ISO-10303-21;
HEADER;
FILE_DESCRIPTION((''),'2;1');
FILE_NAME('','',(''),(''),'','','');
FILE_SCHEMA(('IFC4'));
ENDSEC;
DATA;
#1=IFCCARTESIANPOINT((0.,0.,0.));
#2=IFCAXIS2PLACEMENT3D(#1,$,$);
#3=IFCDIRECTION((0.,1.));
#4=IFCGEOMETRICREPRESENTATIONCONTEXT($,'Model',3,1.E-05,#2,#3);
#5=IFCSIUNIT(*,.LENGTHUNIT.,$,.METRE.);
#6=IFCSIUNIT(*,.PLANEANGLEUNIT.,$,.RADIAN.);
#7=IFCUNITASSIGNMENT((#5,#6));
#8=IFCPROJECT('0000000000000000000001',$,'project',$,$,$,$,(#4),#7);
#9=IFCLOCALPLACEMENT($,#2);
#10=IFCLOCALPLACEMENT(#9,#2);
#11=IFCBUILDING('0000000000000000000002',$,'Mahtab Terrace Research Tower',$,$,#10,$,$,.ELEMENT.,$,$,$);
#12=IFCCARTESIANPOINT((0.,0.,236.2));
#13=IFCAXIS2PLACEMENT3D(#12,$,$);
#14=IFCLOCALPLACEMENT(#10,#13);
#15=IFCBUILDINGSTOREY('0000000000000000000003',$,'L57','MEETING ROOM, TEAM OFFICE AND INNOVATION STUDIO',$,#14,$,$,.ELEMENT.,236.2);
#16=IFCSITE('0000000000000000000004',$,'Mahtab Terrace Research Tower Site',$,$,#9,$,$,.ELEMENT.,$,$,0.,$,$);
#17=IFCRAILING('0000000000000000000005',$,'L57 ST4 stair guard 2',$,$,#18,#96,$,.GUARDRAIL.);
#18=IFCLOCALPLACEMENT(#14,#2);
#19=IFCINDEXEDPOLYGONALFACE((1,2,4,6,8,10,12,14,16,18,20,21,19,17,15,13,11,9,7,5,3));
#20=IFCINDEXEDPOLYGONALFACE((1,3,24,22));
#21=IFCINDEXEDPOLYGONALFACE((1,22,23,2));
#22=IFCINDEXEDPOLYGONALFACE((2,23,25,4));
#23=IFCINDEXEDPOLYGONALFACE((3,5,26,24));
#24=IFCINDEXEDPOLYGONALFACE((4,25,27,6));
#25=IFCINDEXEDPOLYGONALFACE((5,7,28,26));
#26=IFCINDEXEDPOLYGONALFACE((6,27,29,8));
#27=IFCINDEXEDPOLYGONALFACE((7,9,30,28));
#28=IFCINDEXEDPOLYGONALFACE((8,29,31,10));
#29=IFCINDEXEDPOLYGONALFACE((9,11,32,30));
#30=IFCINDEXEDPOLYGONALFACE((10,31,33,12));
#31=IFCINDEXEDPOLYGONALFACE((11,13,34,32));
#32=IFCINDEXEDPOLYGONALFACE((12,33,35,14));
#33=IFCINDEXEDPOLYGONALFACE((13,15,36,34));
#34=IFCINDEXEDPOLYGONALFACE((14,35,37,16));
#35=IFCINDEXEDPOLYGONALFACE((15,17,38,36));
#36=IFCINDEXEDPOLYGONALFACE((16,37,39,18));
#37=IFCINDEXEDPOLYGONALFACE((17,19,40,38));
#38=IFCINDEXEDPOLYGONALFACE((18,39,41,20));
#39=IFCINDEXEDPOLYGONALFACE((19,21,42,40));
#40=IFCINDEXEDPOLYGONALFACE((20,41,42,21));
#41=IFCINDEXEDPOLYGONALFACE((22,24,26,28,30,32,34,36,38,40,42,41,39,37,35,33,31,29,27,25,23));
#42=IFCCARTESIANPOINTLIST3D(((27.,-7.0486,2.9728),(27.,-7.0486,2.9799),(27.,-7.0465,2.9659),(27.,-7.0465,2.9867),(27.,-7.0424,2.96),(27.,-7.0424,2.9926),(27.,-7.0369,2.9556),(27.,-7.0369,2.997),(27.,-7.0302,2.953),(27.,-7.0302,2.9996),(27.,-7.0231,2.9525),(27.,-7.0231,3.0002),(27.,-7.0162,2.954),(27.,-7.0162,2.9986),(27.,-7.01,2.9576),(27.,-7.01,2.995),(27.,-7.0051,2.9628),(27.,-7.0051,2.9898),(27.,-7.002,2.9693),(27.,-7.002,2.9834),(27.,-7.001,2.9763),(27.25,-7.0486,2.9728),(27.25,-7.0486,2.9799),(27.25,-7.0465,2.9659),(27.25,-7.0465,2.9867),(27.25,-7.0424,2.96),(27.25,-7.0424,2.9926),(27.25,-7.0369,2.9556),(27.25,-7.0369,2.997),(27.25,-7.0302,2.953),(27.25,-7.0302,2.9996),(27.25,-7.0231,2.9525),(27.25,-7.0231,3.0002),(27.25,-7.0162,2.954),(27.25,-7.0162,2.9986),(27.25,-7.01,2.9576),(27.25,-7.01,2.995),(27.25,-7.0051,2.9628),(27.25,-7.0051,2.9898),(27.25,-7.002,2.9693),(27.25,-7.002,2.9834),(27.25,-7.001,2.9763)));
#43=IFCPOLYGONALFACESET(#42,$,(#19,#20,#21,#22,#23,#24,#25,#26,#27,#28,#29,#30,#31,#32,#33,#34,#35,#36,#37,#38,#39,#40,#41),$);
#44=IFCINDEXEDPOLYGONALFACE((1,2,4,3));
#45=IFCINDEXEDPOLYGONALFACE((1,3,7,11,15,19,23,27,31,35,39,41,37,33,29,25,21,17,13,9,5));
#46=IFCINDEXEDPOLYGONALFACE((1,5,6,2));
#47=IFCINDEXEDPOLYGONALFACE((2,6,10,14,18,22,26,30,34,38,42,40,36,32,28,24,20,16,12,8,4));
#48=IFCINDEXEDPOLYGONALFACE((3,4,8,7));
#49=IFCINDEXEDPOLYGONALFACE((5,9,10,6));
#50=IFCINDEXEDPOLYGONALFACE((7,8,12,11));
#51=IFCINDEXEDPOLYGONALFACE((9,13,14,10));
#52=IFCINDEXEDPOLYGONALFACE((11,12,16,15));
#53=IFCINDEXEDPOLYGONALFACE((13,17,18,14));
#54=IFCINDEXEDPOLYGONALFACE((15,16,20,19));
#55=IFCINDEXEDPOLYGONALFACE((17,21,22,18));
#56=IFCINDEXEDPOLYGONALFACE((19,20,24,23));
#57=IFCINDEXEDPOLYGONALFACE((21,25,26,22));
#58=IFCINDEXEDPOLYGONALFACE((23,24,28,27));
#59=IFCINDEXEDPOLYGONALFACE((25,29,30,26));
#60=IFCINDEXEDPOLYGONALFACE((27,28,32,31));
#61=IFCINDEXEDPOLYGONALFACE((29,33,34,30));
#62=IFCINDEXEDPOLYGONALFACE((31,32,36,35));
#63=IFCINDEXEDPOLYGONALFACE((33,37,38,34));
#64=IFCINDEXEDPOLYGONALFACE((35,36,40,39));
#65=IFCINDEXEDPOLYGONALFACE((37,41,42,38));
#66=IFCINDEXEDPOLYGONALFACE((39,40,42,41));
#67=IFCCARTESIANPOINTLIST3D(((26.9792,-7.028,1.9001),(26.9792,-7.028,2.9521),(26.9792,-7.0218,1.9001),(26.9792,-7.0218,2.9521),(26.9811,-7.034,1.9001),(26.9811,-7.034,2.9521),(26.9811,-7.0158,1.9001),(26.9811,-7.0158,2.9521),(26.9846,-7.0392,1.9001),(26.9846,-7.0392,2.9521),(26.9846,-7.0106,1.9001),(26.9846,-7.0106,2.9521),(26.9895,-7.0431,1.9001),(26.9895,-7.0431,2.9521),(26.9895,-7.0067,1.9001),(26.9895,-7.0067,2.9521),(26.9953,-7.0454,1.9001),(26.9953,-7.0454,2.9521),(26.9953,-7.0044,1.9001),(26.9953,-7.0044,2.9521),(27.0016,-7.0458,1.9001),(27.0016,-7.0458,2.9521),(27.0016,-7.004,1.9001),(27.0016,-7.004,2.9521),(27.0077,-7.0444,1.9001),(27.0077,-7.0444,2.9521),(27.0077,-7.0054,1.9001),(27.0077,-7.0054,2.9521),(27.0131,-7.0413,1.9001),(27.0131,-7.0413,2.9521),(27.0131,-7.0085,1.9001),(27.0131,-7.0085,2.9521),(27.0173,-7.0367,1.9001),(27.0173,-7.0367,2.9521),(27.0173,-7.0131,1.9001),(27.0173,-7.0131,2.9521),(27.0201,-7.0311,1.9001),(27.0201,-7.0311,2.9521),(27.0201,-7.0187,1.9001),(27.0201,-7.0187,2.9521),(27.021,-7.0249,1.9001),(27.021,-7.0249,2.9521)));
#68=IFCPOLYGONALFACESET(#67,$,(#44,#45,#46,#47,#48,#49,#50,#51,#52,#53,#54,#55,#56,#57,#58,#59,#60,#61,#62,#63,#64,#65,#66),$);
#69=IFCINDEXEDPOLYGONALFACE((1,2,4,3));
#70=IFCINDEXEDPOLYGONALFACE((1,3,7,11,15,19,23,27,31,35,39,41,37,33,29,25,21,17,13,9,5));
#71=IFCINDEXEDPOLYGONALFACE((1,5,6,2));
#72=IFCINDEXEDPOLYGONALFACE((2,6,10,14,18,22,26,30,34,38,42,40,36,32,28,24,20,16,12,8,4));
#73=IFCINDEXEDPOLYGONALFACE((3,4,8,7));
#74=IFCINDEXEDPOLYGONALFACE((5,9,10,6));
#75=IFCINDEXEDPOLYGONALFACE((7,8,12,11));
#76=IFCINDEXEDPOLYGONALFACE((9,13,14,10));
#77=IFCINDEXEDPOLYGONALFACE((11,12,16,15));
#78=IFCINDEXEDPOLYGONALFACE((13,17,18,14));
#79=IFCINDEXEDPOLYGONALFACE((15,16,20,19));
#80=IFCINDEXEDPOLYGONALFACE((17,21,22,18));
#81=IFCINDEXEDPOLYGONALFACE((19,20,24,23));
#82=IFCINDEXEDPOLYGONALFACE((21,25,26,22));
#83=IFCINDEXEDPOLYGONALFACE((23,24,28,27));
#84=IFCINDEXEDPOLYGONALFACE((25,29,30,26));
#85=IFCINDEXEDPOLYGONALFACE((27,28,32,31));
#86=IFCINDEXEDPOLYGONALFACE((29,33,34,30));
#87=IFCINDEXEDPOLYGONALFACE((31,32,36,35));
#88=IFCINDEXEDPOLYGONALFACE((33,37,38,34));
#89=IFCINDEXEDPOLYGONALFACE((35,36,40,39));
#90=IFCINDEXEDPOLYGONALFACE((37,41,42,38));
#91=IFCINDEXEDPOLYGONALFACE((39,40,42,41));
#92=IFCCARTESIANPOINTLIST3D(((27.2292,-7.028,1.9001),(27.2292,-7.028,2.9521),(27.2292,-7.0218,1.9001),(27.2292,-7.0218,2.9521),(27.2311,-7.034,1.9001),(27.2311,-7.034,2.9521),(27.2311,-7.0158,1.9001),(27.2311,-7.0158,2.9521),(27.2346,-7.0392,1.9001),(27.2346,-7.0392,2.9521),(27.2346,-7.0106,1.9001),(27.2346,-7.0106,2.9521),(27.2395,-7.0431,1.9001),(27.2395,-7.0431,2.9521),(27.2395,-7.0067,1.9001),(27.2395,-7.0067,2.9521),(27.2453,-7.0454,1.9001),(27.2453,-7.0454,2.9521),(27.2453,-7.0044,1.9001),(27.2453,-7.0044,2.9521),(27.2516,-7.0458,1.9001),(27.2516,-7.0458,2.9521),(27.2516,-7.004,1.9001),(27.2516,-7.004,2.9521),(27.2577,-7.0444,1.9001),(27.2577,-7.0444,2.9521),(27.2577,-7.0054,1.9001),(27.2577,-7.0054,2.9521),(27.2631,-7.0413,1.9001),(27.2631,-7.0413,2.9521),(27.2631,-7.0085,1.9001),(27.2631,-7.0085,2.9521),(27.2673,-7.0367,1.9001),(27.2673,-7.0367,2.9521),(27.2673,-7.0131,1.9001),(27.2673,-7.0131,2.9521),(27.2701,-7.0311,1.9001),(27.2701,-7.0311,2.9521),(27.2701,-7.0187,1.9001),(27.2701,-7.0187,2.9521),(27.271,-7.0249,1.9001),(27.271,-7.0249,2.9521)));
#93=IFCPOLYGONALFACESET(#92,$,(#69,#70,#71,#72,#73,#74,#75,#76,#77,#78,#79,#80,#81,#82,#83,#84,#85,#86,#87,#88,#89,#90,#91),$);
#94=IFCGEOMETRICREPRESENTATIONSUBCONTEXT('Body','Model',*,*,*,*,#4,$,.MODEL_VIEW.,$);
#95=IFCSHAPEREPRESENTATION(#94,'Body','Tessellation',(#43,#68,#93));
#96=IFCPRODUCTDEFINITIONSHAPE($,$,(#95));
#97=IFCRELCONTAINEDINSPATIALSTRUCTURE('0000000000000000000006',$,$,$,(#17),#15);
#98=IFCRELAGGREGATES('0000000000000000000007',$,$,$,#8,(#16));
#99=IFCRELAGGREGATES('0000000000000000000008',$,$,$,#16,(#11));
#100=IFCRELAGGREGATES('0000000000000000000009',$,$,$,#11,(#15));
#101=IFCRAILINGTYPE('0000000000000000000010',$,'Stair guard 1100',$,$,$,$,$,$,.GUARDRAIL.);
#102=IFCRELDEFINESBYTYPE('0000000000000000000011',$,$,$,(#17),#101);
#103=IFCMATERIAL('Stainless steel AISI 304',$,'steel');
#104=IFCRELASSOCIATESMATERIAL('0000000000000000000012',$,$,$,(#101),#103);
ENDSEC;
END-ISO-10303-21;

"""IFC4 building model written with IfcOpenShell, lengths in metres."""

from ifc_helpers import new_model, si_unit, direction, frame, origin, origin_2d, place, context, subcontext, project, spatial, circle, extrude, material, type_object, element, save


model = new_model("IFC4")

# Units and contexts
model_context = context("Model", 3, precision=1e-05, world=origin(), true_north=direction((0.0, 1.0)))
body_context = subcontext(model_context, "Body", "Model", "MODEL_VIEW")
ifc_project = project(units=[si_unit("LENGTHUNIT", "METRE"), si_unit("PLANEANGLEUNIT", "RADIAN")], contexts=[model_context])

# Site, building, storey
site_placement = place(None, origin())
site = spatial("IfcSite", under=ifc_project, at=site_placement, Name="Mahtab Terrace Research Tower Site", CompositionType="ELEMENT", RefElevation=0.0)
building_placement = place(site_placement, origin())
building = spatial("IfcBuilding", under=site, at=building_placement, Name="Mahtab Terrace Research Tower", CompositionType="ELEMENT")
storey_placement = place(building_placement, frame((0.0, 0.0, 236.2)))
storey = spatial("IfcBuildingStorey", under=building, at=storey_placement, Name="L57", Description="MEETING ROOM, TEAM OFFICE AND INNOVATION STUDIO", CompositionType="ELEMENT", Elevation=236.2)

# Shared definitions
ifc_material_1 = material(Name="Stainless steel AISI 304", Category="steel")

# Railing
railing_type_1 = type_object("IfcRailingType", Name="Stair guard 1100", PredefinedType="GUARDRAIL", material=ifc_material_1)
railing_1_placement = place(storey_placement, frame((27.0, -7.0249, 1.9001)))
element("IfcRailing", 1, at=railing_1_placement, inside=storey, type_object=railing_type_1, Name="L57 ST4 stair guard 2", PredefinedType="GUARDRAIL", context=body_context, shape_type="SweptSolid", body=[
    extrude(circle(Radius=0.0239, at=origin_2d()), frame((0.0, 0.0, 1.0762), z_axis=(1.0, 0.0, 0.0), x_axis=(0.0, 1.0, 0.0)), (0.0, 0.0, 1.0), 0.25),
    extrude(circle(Radius=0.021, at=origin_2d()), origin(), (0.0, 0.0, 1.0), 1.052),
    extrude(circle(Radius=0.021, at=origin_2d()), frame((0.25, 0.0, 0.0)), (0.0, 0.0, 1.0), 1.052),
])

save(model, "model.ifc")
